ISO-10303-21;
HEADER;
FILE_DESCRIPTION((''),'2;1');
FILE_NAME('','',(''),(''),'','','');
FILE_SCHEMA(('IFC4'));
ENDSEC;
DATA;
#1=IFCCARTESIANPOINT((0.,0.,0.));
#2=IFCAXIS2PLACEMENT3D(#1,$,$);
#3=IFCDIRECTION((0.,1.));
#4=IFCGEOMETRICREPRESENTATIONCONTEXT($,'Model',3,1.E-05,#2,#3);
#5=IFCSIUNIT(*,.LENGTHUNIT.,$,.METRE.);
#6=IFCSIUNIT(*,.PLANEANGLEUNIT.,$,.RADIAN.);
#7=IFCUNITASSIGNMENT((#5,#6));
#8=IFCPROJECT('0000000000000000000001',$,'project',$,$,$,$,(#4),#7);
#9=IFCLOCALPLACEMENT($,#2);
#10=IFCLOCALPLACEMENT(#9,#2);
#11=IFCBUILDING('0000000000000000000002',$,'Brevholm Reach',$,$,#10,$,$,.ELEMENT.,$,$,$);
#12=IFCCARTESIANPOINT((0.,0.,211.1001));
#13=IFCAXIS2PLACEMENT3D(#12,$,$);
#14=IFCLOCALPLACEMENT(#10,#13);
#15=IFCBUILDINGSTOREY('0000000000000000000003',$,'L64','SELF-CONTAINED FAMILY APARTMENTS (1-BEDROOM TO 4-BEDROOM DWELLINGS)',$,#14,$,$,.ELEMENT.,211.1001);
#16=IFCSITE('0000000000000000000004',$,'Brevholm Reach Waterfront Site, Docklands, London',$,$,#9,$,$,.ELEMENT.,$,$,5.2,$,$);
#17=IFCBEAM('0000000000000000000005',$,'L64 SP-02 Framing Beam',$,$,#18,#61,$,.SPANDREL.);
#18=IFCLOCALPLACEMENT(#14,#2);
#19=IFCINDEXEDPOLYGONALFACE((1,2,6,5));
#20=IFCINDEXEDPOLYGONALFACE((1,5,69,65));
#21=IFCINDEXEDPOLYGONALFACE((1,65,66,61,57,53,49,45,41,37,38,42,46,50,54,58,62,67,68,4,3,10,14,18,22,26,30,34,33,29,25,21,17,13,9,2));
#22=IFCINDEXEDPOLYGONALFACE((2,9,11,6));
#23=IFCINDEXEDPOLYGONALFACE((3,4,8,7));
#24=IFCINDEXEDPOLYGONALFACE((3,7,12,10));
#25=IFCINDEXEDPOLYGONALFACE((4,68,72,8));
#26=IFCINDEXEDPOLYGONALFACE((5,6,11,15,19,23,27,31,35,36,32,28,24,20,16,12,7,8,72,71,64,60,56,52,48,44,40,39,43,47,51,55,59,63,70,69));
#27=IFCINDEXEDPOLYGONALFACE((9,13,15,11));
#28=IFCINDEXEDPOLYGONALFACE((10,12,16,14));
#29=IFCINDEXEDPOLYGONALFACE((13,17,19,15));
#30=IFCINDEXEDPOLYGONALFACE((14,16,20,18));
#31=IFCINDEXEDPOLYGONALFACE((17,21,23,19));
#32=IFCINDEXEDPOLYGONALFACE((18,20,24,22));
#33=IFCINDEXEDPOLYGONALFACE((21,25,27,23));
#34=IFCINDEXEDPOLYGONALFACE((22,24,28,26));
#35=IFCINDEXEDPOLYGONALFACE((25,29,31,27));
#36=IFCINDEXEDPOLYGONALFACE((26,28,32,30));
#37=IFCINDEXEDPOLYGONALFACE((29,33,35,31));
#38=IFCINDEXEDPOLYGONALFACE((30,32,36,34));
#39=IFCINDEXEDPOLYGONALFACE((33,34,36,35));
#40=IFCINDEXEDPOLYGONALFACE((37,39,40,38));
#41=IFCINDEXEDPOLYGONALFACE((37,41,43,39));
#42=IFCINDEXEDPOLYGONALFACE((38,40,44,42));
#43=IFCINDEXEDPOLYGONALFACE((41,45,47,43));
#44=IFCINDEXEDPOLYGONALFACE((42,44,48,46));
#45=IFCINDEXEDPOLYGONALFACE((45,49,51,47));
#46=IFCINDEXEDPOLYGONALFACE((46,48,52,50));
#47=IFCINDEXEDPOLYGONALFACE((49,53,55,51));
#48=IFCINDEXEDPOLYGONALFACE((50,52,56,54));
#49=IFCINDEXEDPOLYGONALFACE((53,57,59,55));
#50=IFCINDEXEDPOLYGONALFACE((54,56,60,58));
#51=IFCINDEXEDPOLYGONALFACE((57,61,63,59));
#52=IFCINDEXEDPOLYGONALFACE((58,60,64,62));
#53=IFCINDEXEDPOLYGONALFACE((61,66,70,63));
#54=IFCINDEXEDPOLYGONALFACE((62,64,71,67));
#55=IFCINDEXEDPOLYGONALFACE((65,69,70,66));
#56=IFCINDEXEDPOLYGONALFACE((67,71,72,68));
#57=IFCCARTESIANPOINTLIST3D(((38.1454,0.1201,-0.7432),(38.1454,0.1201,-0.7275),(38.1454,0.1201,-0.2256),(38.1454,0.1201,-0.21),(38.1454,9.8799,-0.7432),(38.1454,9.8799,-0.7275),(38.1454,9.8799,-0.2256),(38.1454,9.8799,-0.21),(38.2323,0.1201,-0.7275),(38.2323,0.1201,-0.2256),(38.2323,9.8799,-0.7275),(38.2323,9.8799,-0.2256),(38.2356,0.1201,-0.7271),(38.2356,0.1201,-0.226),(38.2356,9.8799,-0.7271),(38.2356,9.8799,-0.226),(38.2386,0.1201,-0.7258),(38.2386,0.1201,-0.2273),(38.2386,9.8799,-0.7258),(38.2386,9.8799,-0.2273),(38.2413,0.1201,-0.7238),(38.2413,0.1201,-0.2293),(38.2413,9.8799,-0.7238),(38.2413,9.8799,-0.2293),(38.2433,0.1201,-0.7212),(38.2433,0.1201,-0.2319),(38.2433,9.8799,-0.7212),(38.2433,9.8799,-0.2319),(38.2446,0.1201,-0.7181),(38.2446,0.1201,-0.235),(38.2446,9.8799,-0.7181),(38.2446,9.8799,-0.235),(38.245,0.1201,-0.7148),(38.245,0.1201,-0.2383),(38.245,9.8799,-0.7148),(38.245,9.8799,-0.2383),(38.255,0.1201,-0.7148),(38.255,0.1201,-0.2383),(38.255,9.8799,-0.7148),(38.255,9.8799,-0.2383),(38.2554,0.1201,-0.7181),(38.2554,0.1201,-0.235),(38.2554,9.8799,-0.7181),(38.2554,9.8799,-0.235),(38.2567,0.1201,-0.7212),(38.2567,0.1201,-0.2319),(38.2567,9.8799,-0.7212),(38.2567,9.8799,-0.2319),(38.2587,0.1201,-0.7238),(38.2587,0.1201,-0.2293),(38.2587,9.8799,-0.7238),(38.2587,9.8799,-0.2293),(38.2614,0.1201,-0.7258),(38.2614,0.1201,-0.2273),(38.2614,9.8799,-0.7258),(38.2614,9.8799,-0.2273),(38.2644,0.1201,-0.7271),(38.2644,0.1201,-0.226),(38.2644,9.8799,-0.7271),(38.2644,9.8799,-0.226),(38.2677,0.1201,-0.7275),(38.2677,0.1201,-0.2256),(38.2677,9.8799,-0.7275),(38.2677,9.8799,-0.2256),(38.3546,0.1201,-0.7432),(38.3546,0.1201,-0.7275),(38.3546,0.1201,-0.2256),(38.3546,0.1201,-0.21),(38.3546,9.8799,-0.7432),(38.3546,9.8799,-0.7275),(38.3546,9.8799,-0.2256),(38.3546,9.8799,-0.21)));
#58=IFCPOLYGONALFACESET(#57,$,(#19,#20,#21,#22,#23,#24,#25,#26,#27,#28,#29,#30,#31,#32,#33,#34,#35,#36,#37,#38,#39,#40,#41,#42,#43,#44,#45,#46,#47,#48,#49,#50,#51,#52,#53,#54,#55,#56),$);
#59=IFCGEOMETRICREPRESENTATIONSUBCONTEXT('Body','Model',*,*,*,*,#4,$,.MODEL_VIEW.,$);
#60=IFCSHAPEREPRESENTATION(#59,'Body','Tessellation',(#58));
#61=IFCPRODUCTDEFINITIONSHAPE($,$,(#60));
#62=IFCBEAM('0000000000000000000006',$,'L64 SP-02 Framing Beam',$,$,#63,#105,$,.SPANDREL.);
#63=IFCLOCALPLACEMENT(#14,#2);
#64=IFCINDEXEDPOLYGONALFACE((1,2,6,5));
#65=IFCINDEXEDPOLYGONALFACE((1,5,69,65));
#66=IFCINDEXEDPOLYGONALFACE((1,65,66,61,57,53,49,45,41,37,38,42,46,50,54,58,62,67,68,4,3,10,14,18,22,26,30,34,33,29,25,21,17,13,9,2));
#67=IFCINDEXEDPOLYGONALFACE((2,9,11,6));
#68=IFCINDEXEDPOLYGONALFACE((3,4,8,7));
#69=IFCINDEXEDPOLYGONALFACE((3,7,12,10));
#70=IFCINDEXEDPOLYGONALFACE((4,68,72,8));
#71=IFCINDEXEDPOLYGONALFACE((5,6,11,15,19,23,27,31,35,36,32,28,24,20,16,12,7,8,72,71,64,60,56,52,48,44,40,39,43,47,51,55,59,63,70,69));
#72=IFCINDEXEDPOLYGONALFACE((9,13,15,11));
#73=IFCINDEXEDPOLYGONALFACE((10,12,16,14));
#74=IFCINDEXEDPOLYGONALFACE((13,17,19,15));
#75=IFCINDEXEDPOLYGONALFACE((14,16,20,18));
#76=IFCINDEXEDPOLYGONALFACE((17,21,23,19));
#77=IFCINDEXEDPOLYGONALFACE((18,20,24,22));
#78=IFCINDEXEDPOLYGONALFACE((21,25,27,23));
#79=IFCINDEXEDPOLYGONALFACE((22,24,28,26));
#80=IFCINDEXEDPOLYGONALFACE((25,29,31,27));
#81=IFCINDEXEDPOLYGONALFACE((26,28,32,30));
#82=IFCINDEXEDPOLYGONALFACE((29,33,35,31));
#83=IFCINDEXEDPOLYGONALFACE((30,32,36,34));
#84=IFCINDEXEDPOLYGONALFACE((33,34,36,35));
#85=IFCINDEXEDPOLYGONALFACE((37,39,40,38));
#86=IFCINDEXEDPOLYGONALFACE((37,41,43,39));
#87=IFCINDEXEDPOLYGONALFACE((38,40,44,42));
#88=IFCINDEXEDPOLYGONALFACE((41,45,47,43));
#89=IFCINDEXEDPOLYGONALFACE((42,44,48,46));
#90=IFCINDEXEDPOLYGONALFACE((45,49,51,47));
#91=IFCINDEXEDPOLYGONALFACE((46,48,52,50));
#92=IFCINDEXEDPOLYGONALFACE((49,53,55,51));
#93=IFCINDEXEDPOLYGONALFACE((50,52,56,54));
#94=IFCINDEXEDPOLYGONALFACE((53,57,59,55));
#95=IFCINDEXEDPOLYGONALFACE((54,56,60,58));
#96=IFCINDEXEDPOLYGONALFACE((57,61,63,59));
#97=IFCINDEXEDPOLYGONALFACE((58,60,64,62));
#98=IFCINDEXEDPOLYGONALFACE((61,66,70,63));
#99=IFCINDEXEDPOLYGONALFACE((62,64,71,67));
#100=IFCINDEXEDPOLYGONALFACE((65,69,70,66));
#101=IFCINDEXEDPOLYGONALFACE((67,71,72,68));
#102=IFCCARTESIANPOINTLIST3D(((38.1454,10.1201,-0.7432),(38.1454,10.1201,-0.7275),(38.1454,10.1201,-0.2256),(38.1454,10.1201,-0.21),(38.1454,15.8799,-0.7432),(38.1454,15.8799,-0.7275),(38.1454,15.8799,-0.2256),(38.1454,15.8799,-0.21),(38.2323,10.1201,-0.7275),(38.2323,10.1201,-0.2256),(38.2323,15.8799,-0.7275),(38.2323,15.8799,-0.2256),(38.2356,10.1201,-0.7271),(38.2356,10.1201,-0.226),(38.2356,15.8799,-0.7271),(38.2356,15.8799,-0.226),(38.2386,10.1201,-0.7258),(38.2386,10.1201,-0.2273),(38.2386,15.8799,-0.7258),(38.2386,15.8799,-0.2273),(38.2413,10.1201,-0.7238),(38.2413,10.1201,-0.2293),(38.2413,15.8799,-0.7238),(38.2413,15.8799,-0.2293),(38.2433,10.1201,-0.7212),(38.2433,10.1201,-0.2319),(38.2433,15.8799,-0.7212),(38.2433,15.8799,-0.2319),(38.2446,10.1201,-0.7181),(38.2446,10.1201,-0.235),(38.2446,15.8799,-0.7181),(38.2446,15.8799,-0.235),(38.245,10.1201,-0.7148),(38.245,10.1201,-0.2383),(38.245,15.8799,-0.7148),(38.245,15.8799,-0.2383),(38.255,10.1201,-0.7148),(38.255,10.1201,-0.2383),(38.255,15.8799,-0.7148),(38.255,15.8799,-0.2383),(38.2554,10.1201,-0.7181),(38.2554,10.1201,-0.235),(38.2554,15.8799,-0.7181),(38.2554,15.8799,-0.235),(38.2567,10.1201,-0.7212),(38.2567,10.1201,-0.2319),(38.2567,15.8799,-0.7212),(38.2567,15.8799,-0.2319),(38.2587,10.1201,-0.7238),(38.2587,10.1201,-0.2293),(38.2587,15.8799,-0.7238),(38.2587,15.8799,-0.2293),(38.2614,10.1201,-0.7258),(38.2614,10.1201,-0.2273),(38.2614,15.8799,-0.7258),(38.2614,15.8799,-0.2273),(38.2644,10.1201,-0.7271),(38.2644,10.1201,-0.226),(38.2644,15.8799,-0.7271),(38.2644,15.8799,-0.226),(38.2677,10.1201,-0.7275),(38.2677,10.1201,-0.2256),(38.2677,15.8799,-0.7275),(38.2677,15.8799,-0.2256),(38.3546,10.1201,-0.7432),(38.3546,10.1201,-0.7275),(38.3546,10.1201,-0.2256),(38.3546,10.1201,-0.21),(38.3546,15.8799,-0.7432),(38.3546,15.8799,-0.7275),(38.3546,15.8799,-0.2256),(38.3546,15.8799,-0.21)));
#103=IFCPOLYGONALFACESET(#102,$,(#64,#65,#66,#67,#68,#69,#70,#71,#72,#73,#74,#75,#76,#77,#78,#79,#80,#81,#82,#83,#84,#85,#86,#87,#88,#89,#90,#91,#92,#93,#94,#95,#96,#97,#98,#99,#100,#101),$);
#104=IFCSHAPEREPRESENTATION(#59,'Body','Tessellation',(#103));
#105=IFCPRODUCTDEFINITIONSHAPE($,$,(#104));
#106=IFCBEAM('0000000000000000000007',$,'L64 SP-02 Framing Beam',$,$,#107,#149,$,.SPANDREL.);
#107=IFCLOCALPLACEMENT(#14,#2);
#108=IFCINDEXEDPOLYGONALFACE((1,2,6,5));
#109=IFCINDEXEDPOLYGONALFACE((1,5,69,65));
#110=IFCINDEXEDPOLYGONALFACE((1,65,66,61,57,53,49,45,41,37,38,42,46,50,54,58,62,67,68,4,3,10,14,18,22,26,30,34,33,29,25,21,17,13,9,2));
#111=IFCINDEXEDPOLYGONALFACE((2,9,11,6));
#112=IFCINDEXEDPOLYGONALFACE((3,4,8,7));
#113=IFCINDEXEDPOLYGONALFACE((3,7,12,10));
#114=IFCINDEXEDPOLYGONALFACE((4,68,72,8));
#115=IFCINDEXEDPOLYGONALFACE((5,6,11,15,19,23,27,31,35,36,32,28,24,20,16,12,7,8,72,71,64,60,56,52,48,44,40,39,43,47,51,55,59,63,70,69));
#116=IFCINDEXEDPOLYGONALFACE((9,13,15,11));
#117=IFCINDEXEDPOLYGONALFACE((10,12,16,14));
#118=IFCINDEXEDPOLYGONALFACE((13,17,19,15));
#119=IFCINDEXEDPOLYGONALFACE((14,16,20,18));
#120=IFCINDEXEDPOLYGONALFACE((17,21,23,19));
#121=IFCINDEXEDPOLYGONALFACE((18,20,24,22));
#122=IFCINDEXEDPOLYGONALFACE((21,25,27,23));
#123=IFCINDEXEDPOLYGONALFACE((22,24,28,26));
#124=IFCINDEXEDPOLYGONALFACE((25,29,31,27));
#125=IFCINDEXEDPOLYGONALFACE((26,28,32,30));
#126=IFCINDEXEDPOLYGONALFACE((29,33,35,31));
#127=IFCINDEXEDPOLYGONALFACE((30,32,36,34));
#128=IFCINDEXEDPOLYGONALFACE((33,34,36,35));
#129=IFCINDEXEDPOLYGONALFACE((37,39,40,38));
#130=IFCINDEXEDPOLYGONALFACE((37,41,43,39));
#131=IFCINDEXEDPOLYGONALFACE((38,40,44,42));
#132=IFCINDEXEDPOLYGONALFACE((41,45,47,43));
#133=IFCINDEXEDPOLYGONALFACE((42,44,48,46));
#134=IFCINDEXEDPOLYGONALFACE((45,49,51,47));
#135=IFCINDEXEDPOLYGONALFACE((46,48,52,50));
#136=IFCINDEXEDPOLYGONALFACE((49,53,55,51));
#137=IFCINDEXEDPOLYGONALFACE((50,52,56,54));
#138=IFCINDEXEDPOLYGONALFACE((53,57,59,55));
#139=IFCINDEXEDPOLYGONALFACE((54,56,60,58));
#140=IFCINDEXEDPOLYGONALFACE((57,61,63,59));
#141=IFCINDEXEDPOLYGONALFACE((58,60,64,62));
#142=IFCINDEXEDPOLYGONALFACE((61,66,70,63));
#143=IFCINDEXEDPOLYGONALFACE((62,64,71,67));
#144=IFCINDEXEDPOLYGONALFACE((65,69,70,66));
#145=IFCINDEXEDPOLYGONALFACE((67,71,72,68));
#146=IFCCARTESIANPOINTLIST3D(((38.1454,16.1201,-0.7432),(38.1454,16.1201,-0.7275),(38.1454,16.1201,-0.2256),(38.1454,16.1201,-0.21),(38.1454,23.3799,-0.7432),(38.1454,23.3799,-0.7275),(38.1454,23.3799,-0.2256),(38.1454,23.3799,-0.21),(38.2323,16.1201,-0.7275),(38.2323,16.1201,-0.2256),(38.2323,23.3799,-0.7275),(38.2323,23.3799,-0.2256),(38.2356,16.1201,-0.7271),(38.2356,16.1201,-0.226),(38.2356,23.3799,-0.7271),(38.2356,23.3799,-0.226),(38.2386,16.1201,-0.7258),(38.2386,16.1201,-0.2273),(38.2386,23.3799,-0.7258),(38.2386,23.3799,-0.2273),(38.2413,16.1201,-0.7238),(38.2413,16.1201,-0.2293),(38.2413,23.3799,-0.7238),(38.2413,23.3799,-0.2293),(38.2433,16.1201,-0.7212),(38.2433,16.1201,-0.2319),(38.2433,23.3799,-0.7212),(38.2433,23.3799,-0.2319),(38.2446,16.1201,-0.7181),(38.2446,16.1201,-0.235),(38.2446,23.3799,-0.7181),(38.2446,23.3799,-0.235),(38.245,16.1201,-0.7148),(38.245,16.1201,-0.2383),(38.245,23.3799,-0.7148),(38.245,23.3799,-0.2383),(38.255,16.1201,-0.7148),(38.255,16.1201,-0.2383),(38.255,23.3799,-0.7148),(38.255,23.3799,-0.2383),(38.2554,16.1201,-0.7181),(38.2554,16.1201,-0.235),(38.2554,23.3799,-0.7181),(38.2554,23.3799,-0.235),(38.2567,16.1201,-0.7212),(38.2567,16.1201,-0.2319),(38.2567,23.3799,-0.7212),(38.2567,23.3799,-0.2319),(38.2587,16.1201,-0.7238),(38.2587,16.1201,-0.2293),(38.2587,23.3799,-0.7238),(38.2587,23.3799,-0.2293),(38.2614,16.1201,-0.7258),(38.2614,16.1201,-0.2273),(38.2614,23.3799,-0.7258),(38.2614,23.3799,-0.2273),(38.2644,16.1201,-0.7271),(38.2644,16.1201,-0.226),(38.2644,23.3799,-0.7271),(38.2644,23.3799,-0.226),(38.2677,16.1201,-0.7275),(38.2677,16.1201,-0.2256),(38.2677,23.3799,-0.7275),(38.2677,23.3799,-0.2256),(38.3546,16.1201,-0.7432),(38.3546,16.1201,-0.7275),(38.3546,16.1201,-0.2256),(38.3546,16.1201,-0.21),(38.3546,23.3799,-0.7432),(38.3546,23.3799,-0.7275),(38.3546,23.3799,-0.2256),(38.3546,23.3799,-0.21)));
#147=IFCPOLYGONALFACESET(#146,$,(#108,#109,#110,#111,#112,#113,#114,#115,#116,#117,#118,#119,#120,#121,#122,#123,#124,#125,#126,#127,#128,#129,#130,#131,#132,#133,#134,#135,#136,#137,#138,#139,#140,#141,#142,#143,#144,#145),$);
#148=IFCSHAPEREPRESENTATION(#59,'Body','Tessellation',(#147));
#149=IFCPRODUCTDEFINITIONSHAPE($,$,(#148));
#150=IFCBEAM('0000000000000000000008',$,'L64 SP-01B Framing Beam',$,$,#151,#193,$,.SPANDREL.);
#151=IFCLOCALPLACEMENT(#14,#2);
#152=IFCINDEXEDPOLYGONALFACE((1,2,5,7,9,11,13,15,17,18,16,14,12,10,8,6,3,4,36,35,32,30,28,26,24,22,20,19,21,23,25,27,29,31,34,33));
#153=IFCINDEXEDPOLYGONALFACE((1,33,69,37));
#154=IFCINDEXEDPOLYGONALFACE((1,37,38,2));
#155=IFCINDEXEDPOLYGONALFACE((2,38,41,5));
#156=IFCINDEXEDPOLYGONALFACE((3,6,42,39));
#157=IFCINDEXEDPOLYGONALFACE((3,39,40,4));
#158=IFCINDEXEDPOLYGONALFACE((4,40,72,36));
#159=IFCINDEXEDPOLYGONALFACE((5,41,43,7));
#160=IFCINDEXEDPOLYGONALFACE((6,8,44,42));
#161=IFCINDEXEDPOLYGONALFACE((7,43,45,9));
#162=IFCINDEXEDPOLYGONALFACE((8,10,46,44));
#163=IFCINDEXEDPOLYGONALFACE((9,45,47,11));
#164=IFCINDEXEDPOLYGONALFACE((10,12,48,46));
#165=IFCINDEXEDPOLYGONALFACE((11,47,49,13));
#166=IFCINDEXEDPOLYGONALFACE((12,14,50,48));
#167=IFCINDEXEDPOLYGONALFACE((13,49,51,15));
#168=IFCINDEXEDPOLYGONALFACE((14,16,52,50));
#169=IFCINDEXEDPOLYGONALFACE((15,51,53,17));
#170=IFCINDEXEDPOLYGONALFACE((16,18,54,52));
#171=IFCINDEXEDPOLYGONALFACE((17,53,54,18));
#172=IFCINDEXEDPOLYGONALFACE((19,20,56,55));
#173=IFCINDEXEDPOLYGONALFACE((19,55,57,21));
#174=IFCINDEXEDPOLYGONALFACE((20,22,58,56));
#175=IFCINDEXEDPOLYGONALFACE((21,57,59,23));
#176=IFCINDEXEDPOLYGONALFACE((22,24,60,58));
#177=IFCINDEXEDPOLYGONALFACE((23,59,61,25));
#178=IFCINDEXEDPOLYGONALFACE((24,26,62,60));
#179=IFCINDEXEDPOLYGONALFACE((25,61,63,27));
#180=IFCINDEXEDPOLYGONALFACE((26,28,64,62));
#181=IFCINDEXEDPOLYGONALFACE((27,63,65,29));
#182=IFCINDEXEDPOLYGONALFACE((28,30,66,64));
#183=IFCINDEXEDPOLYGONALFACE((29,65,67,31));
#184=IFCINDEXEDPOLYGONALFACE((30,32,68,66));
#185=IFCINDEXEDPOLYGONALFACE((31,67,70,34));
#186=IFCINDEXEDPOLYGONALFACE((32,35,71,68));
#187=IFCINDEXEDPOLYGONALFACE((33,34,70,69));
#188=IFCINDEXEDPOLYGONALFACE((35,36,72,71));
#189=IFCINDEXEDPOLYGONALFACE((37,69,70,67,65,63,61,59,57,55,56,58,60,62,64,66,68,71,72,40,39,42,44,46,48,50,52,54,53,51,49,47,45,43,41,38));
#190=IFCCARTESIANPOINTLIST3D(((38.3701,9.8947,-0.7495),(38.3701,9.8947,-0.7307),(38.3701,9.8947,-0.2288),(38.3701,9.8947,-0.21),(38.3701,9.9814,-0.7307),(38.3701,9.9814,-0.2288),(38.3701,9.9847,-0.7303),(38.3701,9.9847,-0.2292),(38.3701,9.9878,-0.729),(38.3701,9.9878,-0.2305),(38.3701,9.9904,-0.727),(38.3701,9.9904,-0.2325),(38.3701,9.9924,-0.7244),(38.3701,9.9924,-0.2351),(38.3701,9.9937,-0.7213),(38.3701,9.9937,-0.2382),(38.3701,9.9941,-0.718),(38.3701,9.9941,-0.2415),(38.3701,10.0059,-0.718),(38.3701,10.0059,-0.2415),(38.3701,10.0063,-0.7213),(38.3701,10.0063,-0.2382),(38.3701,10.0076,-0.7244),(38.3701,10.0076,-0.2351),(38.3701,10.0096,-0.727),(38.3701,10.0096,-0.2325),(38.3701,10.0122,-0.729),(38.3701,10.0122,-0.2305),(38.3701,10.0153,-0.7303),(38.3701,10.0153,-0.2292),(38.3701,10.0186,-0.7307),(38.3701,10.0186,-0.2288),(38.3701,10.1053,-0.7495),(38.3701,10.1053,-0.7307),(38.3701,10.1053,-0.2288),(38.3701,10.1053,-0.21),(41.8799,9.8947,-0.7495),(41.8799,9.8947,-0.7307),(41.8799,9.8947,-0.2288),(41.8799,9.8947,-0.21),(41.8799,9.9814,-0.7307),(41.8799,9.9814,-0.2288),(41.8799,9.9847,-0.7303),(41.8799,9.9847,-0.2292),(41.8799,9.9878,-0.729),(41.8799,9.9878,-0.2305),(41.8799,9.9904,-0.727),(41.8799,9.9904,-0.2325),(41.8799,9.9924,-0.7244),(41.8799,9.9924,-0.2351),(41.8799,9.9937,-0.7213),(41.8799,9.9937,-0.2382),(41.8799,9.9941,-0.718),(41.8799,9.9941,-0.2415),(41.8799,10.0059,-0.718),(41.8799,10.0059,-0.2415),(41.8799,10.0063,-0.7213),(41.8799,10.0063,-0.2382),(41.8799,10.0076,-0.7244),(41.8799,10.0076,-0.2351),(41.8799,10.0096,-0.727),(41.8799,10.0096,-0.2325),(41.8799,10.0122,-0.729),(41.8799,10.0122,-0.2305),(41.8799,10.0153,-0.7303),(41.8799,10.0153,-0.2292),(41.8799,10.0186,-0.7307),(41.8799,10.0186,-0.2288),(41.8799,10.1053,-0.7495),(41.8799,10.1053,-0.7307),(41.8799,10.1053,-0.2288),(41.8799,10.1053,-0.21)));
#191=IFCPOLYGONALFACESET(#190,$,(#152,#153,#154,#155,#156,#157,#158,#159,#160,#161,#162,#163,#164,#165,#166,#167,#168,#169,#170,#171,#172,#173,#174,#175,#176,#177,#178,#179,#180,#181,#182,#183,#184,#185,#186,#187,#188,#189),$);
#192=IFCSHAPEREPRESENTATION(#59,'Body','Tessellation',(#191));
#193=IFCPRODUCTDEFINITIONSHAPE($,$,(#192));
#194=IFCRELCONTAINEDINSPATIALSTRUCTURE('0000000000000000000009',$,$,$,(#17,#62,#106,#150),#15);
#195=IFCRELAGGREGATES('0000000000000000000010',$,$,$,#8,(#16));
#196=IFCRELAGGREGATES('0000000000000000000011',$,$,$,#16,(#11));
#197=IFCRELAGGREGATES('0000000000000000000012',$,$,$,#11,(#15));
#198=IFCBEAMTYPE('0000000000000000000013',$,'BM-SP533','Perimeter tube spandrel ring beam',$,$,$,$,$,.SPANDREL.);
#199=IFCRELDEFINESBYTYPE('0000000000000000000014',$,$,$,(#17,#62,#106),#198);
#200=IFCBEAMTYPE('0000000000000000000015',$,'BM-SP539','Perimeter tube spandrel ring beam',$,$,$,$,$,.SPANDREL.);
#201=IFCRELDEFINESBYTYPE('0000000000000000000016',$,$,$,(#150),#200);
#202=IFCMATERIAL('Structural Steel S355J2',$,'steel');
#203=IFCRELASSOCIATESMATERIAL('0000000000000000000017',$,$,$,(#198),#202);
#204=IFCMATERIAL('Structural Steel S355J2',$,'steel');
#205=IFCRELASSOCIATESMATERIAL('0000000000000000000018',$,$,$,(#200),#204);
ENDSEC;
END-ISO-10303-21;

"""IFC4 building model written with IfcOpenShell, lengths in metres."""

from ifc_helpers import new_model, si_unit, direction, frame, origin, origin_2d, place, context, subcontext, project, spatial, i_section, extrude, material, material_profile, profile_set, type_object, element, save


model = new_model("IFC4")

# Units and contexts
model_context = context("Model", 3, precision=1e-05, world=origin(), true_north=direction((0.0, 1.0)))
body_context = subcontext(model_context, "Body", "Model", "MODEL_VIEW")
ifc_project = project(units=[si_unit("LENGTHUNIT", "METRE"), si_unit("PLANEANGLEUNIT", "RADIAN")], contexts=[model_context])

# Site, building, storey
site_placement = place(None, origin())
site = spatial("IfcSite", under=ifc_project, at=site_placement, Name="Brevholm Reach Waterfront Site, Docklands, London", CompositionType="ELEMENT", RefElevation=5.2)
building_placement = place(site_placement, origin())
building = spatial("IfcBuilding", under=site, at=building_placement, Name="Brevholm Reach", CompositionType="ELEMENT")
storey_placement = place(building_placement, frame((0.0, 0.0, 211.1001)))
storey = spatial("IfcBuildingStorey", under=building, at=storey_placement, Name="L64", Description="SELF-CONTAINED FAMILY APARTMENTS (1-BEDROOM TO 4-BEDROOM DWELLINGS)", CompositionType="ELEMENT", Elevation=211.1001)

# Beams
ifc_material_1 = material(Name="Structural Steel S355J2", Category="steel")
ifc_material_profile_1 = material_profile(ifc_material_1, i_section(OverallWidth=0.2092, OverallDepth=0.5332, WebThickness=0.01, FlangeThickness=0.0156, FilletRadius=0.0127, at=origin_2d()), Name="UKB 533x210x92")
ifc_profile_set_1 = profile_set([ifc_material_profile_1], Name="Structural Steel S355J2")
beam_type_1 = type_object("IfcBeamType", Name="BM-SP533", Description="Perimeter tube spandrel ring beam", PredefinedType="SPANDREL", material=ifc_profile_set_1)
beam_1_placement = place(storey_placement, frame((38.25, 0.1201, -0.4766), z_axis=(0.0, 1.0, 0.0), x_axis=(-1.0, 0.0, 0.0)))
element("IfcBeam", 1, at=beam_1_placement, inside=storey, type_object=beam_type_1, Name="L64 SP-02 Framing Beam", PredefinedType="SPANDREL", context=body_context, shape_type="SweptSolid", body=[
    extrude(i_section(OverallWidth=0.2092, OverallDepth=0.5332, WebThickness=0.01, FlangeThickness=0.0156, FilletRadius=0.0127, at=origin_2d()), origin(), (0.0, 0.0, 1.0), 9.7598),
])
beam_2_placement = place(storey_placement, frame((38.25, 10.1201, -0.4766), z_axis=(0.0, 1.0, 0.0), x_axis=(-1.0, 0.0, 0.0)))
element("IfcBeam", 2, at=beam_2_placement, inside=storey, type_object=beam_type_1, Name="L64 SP-02 Framing Beam", PredefinedType="SPANDREL", context=body_context, shape_type="SweptSolid", body=[
    extrude(i_section(OverallWidth=0.2092, OverallDepth=0.5332, WebThickness=0.01, FlangeThickness=0.0156, FilletRadius=0.0127, at=origin_2d()), origin(), (0.0, 0.0, 1.0), 5.7598),
])
beam_3_placement = place(storey_placement, frame((38.25, 16.1201, -0.4766), z_axis=(0.0, 1.0, 0.0), x_axis=(-1.0, 0.0, 0.0)))
element("IfcBeam", 3, at=beam_3_placement, inside=storey, type_object=beam_type_1, Name="L64 SP-02 Framing Beam", PredefinedType="SPANDREL", context=body_context, shape_type="SweptSolid", body=[
    extrude(i_section(OverallWidth=0.2092, OverallDepth=0.5332, WebThickness=0.01, FlangeThickness=0.0156, FilletRadius=0.0127, at=origin_2d()), origin(), (0.0, 0.0, 1.0), 7.2598),
])
ifc_material_2 = material(Name="Structural Steel S355J2", Category="steel")
ifc_material_profile_2 = material_profile(ifc_material_2, i_section(OverallWidth=0.2107, OverallDepth=0.5396, WebThickness=0.0117, FlangeThickness=0.0188, FilletRadius=0.0127, at=origin_2d()), Name="UKB 533x210x109")
ifc_profile_set_2 = profile_set([ifc_material_profile_2], Name="Structural Steel S355J2")
beam_type_2 = type_object("IfcBeamType", Name="BM-SP539", Description="Perimeter tube spandrel ring beam", PredefinedType="SPANDREL", material=ifc_profile_set_2)
for number, where, z_axis, x_axis, name in (
    (4, (38.3701, 10.0, -0.4797), (1.0, 0.0, 0.0), (0.0, 1.0, 0.0), "L64 SP-01B Framing Beam"),
):
    element("IfcBeam", number, at=place(storey_placement, frame(where, z_axis=z_axis, x_axis=x_axis)), inside=storey, type_object=beam_type_2, Name=name, PredefinedType="SPANDREL", context=body_context, shape_type="SweptSolid", body=[
        extrude(i_section(OverallWidth=0.2107, OverallDepth=0.5396, WebThickness=0.0117, FlangeThickness=0.0188, FilletRadius=0.0127, at=origin_2d()), origin(), (0.0, 0.0, 1.0), 3.5098),
    ])

save(model, "model.ifc")
